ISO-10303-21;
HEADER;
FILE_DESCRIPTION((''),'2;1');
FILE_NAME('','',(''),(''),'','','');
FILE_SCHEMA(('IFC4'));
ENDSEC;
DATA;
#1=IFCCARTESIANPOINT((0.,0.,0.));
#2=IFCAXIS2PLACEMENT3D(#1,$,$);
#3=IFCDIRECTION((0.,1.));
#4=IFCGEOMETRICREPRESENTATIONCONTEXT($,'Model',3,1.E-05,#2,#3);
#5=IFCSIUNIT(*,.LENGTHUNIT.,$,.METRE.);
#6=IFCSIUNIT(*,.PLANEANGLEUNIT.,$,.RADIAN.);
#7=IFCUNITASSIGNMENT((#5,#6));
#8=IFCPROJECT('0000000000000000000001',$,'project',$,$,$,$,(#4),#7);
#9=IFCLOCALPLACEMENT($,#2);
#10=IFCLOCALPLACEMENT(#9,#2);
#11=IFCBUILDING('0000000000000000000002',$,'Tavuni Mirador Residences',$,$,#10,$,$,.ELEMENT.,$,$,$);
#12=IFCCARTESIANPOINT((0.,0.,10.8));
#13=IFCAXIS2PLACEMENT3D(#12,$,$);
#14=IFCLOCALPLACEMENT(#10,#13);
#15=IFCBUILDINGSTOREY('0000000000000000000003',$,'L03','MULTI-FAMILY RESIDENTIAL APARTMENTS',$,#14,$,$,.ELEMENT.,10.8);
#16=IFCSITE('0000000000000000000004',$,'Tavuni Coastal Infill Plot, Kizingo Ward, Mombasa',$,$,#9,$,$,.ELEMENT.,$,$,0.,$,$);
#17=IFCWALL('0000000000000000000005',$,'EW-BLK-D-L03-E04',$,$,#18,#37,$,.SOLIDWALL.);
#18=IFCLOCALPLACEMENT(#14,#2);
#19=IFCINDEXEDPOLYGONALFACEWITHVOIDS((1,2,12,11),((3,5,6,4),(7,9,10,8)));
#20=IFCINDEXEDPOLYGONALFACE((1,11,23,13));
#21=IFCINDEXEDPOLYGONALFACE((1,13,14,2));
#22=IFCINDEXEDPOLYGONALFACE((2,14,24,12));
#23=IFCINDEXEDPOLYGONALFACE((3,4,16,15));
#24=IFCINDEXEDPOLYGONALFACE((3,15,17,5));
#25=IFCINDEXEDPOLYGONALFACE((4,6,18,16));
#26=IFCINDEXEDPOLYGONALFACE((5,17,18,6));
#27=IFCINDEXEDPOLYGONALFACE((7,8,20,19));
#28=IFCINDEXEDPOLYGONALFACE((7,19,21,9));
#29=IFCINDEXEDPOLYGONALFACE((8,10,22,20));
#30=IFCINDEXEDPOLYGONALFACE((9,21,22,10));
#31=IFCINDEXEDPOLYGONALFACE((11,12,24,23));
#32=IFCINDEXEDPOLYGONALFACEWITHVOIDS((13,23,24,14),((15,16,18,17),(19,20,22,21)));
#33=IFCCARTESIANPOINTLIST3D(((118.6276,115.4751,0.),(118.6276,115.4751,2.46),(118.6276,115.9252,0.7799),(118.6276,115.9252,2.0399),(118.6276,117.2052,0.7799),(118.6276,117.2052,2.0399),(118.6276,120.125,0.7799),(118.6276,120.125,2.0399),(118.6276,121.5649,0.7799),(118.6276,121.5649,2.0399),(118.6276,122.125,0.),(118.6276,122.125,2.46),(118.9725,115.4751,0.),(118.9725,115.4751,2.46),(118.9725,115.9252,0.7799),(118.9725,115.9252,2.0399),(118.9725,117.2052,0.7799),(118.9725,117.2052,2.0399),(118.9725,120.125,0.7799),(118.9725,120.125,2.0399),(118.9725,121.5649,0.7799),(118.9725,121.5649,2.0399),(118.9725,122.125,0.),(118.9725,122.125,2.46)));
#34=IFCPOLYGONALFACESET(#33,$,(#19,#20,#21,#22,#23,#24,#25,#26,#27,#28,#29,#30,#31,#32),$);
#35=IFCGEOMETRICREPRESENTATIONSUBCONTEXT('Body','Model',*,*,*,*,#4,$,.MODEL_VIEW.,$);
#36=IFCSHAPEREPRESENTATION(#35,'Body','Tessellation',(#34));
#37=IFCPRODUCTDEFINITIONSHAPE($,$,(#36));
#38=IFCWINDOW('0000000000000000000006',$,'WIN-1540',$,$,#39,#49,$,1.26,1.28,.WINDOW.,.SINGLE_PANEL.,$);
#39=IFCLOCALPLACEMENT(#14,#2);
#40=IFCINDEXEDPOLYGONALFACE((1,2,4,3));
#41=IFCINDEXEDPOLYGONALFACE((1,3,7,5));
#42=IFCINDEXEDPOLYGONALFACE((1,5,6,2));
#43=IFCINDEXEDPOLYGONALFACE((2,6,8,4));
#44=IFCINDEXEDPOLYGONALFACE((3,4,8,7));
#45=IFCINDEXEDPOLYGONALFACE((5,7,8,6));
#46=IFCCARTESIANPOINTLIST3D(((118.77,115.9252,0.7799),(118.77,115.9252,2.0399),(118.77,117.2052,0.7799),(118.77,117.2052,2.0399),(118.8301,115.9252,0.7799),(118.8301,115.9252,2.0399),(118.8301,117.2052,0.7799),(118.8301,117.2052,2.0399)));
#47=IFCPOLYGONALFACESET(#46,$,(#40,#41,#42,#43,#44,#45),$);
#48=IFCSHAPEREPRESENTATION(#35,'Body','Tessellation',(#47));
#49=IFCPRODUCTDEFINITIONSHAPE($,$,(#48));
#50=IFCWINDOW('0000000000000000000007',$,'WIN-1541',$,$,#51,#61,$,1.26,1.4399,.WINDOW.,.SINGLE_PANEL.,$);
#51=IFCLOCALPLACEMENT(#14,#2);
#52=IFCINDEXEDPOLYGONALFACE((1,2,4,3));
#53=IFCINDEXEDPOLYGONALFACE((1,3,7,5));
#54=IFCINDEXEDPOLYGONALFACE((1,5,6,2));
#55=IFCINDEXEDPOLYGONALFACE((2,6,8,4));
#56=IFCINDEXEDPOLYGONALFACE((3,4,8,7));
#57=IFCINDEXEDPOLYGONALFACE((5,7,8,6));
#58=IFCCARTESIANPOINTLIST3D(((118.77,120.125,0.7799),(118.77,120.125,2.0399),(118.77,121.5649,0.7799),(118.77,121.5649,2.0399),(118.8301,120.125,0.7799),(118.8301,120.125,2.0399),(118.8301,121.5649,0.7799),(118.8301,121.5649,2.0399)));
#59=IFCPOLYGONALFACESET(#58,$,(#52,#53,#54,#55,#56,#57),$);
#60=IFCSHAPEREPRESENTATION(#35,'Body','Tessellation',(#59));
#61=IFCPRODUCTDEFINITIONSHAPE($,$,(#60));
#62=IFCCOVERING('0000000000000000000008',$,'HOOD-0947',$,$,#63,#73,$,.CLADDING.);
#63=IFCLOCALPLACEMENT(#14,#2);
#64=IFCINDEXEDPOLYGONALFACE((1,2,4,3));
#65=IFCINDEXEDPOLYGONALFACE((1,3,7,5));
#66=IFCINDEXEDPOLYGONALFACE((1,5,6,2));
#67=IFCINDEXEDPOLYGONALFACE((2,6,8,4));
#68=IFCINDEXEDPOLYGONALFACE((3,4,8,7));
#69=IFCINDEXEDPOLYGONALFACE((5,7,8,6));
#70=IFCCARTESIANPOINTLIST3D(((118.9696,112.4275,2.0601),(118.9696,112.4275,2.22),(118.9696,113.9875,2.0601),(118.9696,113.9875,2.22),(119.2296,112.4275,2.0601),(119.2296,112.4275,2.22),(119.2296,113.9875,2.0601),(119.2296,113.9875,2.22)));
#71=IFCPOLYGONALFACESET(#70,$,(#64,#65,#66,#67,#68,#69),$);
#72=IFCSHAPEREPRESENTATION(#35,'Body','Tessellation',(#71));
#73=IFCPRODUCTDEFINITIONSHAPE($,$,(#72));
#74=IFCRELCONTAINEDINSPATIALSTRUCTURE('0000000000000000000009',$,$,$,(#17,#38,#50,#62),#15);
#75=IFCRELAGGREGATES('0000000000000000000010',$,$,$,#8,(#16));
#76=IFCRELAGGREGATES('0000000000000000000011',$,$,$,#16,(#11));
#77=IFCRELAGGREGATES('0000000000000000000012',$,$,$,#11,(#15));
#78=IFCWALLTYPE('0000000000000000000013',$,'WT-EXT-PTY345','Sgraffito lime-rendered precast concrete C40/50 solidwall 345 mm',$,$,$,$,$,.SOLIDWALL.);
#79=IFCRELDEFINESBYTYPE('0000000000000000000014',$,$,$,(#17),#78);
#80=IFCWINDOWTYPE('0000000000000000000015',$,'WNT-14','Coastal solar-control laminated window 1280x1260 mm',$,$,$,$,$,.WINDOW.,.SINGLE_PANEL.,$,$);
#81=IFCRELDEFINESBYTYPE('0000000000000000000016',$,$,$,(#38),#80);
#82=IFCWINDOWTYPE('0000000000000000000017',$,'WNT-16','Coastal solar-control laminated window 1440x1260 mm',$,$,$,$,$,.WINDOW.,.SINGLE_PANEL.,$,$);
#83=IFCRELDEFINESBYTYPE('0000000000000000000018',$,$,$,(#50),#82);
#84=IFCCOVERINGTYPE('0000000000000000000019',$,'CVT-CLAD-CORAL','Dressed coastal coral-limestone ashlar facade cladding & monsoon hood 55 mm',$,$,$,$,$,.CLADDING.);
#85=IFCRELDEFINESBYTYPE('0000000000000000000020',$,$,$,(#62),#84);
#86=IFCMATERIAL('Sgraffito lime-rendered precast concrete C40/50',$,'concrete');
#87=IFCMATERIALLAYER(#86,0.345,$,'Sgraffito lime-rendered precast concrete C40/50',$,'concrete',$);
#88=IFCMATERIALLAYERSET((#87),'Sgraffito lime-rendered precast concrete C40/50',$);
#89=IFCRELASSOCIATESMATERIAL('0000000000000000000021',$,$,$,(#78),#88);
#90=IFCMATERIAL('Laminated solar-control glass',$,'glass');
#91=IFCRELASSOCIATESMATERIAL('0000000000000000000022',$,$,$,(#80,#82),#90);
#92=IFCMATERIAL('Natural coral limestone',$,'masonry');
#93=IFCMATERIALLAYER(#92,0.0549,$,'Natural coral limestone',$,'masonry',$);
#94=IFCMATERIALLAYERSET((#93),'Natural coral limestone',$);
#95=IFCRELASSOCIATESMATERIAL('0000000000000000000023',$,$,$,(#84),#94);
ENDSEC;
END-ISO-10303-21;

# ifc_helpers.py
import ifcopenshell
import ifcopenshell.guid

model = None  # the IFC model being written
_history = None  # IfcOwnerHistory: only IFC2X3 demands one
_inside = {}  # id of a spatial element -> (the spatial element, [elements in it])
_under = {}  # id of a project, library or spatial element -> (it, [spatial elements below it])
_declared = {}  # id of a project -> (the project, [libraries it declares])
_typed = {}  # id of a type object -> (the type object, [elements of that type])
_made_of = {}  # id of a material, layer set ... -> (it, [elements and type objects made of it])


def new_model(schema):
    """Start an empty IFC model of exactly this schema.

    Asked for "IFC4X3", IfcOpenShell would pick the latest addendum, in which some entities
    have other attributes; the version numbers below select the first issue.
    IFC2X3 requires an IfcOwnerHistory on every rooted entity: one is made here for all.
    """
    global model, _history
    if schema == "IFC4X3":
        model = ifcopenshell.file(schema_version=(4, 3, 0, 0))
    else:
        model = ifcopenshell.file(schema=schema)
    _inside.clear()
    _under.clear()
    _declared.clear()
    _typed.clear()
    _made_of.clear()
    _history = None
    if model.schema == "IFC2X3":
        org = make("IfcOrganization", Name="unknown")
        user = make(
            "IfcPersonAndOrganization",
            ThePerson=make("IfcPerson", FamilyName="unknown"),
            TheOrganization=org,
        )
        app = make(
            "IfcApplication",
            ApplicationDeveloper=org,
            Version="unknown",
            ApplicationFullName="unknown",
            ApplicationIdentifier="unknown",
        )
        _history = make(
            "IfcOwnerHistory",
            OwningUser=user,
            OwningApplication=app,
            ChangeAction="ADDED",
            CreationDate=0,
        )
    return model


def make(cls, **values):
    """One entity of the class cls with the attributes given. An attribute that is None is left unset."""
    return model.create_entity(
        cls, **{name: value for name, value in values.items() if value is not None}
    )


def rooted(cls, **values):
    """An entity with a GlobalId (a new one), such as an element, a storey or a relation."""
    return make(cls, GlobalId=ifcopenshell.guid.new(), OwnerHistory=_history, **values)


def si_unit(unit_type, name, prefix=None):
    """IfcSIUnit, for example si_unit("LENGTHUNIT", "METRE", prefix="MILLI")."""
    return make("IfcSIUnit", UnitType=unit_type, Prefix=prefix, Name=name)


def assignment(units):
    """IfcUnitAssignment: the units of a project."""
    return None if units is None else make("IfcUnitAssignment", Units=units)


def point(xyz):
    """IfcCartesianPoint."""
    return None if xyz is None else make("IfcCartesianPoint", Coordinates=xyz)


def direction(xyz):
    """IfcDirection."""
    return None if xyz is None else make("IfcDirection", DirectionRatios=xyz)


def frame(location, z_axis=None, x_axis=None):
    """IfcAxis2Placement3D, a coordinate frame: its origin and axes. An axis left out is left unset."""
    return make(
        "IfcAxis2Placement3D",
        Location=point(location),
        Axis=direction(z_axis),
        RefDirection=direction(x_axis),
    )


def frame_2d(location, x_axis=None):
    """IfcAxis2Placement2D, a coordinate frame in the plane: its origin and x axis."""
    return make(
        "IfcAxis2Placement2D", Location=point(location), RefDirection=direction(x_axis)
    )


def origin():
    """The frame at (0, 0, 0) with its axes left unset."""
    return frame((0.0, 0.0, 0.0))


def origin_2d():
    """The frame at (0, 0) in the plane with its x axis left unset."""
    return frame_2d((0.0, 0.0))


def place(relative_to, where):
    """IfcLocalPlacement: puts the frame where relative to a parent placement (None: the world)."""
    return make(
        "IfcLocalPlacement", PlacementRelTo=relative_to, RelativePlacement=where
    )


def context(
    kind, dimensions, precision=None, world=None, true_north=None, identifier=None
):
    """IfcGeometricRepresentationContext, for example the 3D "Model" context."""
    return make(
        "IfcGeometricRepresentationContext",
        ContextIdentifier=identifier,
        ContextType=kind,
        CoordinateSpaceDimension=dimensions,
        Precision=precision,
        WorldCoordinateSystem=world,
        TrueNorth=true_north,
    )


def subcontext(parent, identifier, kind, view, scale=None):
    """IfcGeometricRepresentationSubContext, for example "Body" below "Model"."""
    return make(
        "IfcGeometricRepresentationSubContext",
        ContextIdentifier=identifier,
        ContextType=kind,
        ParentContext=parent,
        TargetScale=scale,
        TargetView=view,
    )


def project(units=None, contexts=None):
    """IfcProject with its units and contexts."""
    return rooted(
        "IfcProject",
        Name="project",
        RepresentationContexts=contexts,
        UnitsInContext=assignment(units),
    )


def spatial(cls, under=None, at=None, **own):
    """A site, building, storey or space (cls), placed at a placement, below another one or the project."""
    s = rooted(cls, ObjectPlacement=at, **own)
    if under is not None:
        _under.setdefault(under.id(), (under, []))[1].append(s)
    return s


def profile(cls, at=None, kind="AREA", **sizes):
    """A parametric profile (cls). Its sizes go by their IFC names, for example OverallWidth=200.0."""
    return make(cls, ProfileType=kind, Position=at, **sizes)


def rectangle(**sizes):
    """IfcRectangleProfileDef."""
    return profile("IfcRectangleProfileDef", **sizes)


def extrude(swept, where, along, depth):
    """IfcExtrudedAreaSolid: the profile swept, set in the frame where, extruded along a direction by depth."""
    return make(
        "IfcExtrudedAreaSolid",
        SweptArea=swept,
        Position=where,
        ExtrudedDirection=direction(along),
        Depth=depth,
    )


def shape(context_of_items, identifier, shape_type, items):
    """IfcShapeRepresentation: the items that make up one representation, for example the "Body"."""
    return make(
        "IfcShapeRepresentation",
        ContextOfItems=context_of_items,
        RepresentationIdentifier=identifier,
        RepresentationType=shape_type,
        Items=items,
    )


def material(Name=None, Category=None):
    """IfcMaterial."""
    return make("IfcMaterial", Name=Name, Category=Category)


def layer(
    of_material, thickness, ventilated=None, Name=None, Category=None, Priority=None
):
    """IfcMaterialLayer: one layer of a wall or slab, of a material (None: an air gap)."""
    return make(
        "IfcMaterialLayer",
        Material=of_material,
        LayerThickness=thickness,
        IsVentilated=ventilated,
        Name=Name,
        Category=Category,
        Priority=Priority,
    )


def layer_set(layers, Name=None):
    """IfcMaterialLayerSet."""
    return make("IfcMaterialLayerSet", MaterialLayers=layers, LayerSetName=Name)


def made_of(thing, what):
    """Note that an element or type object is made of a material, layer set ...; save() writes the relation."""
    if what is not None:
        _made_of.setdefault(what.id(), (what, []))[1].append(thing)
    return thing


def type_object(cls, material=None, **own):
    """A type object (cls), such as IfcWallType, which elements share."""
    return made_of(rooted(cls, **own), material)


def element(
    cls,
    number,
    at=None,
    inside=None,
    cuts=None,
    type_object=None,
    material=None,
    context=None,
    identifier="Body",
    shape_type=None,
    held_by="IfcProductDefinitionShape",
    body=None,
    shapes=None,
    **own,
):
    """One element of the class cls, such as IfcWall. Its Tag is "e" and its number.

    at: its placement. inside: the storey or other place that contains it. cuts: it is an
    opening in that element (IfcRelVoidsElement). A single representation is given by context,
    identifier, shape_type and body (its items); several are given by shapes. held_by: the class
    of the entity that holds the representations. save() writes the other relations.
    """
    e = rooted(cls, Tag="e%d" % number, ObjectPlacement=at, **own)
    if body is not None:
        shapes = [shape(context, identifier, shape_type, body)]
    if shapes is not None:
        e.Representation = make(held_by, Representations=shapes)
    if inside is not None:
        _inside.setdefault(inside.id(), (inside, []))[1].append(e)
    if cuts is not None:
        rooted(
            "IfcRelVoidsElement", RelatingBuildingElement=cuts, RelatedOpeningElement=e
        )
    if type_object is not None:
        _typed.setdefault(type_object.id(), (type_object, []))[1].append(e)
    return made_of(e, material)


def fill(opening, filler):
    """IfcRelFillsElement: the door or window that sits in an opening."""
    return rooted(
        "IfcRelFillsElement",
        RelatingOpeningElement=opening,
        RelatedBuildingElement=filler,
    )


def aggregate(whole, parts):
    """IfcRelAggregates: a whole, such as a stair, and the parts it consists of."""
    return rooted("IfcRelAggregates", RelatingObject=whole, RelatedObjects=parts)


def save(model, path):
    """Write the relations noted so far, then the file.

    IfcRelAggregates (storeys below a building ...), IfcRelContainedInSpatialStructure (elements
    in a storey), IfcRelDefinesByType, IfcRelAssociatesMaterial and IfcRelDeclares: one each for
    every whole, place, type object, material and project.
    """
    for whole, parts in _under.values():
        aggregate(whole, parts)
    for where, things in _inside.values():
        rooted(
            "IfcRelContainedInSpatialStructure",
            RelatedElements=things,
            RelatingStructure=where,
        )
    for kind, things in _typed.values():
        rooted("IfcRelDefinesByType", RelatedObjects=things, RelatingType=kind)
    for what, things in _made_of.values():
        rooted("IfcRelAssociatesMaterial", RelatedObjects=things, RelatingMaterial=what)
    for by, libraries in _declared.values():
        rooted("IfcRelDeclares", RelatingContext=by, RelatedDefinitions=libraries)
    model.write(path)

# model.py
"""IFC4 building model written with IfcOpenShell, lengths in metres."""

from ifc_helpers import new_model, si_unit, direction, frame, frame_2d, origin, origin_2d, place, context, subcontext, project, spatial, rectangle, extrude, material, layer, layer_set, type_object, element, fill, save


model = new_model("IFC4")

# Units and contexts
model_context = context("Model", 3, precision=1e-05, world=origin(), true_north=direction((0.0, 1.0)))
body_context = subcontext(model_context, "Body", "Model", "MODEL_VIEW")
ifc_project = project(units=[si_unit("LENGTHUNIT", "METRE"), si_unit("PLANEANGLEUNIT", "RADIAN")], contexts=[model_context])

# Site, building, storey
site_placement = place(None, origin())
site = spatial("IfcSite", under=ifc_project, at=site_placement, Name="Tavuni Coastal Infill Plot, Kizingo Ward, Mombasa", CompositionType="ELEMENT", RefElevation=0.0)
building_placement = place(site_placement, origin())
building = spatial("IfcBuilding", under=site, at=building_placement, Name="Tavuni Mirador Residences", CompositionType="ELEMENT")
storey_placement = place(building_placement, frame((0.0, 0.0, 10.8)))
storey = spatial("IfcBuildingStorey", under=building, at=storey_placement, Name="L03", Description="MULTI-FAMILY RESIDENTIAL APARTMENTS", CompositionType="ELEMENT", Elevation=10.8)

# Shared definitions
ifc_material_1 = material(Name="Laminated solar-control glass", Category="glass")

# Shared definitions
ifc_material_2 = material(Name="Sgraffito lime-rendered precast concrete C40/50", Category="concrete")
ifc_layer_1 = layer(ifc_material_2, 0.345, Name="Sgraffito lime-rendered precast concrete C40/50", Category="concrete")
ifc_layer_set_1 = layer_set([ifc_layer_1], Name="Sgraffito lime-rendered precast concrete C40/50")
wall_type = type_object("IfcWallType", Name="WT-EXT-PTY345", Description="Sgraffito lime-rendered precast concrete C40/50 solidwall 345 mm", PredefinedType="SOLIDWALL", material=ifc_layer_set_1)

# Wall, openings, windows
wall_1_placement = place(storey_placement, frame((118.8, 115.4751, 0.0), z_axis=(0.0, 0.0, 1.0), x_axis=(0.0, 1.0, 0.0)))
wall_1 = element("IfcWall", 1, at=wall_1_placement, inside=storey, type_object=wall_type, Name="EW-BLK-D-L03-E04", PredefinedType="SOLIDWALL", context=body_context, shape_type="SweptSolid", body=[
    extrude(rectangle(XDim=6.6499, YDim=0.345, at=frame_2d((3.325, 0.0))), origin(), (0.0, 0.0, 1.0), 2.46),
])
opening_1_placement = place(wall_1_placement, frame((0.45, 0.0, 0.78)))
opening_1 = element("IfcOpeningElement", 2, at=opening_1_placement, cuts=wall_1, PredefinedType="OPENING", context=body_context, shape_type="SweptSolid", body=[
    extrude(rectangle(XDim=1.28, YDim=1.26, at=frame_2d((0.6401, 0.6299))), frame((0.0, 0.1826, 0.0), z_axis=(0.0, -1.0, 0.0), x_axis=(1.0, 0.0, 0.0)), (0.0, 0.0, 1.0), 0.365),
])
opening_2_placement = place(wall_1_placement, frame((4.6499, 0.0, 0.78)))
opening_2 = element("IfcOpeningElement", 3, at=opening_2_placement, cuts=wall_1, PredefinedType="OPENING", context=body_context, shape_type="SweptSolid", body=[
    extrude(rectangle(XDim=1.4399, YDim=1.26, at=frame_2d((0.72, 0.6299))), frame((0.0, 0.1826, 0.0), z_axis=(0.0, -1.0, 0.0), x_axis=(1.0, 0.0, 0.0)), (0.0, 0.0, 1.0), 0.365),
])
window_type_1 = type_object("IfcWindowType", Name="WNT-14", Description="Coastal solar-control laminated window 1280x1260 mm", PartitioningType="SINGLE_PANEL", PredefinedType="WINDOW", material=ifc_material_1)
window_1_placement = place(opening_1_placement, origin())
window_1 = element("IfcWindow", 4, at=window_1_placement, inside=storey, type_object=window_type_1, Name="WIN-1540", OverallHeight=1.26, OverallWidth=1.28, PartitioningType="SINGLE_PANEL", PredefinedType="WINDOW", context=body_context, shape_type="SweptSolid", body=[
    extrude(rectangle(XDim=1.28, YDim=1.26, at=frame_2d((0.6401, 0.6299))), frame((0.0, 0.03, 0.0), z_axis=(0.0, -1.0, 0.0), x_axis=(1.0, 0.0, 0.0)), (0.0, 0.0, 1.0), 0.0601),
])
fill(opening_1, window_1)
window_type_2 = type_object("IfcWindowType", Name="WNT-16", Description="Coastal solar-control laminated window 1440x1260 mm", PartitioningType="SINGLE_PANEL", PredefinedType="WINDOW", material=ifc_material_1)
window_2_placement = place(opening_2_placement, origin())
window_2 = element("IfcWindow", 5, at=window_2_placement, inside=storey, type_object=window_type_2, Name="WIN-1541", OverallHeight=1.26, OverallWidth=1.4399, PartitioningType="SINGLE_PANEL", PredefinedType="WINDOW", context=body_context, shape_type="SweptSolid", body=[
    extrude(rectangle(XDim=1.4399, YDim=1.26, at=frame_2d((0.72, 0.6299))), frame((0.0, 0.03, 0.0), z_axis=(0.0, -1.0, 0.0), x_axis=(1.0, 0.0, 0.0)), (0.0, 0.0, 1.0), 0.0601),
])
fill(opening_2, window_2)

# Covering
ifc_material_3 = material(Name="Natural coral limestone", Category="masonry")
ifc_layer_2 = layer(ifc_material_3, 0.0549, Name="Natural coral limestone", Category="masonry")
ifc_layer_set_2 = layer_set([ifc_layer_2], Name="Natural coral limestone")
covering_type = type_object("IfcCoveringType", Name="CVT-CLAD-CORAL", Description="Dressed coastal coral-limestone ashlar facade cladding & monsoon hood 55 mm", PredefinedType="CLADDING", material=ifc_layer_set_2)
covering_placement = place(storey_placement, frame((119.0996, 113.2075, 2.0601), z_axis=(0.0, 0.0, 1.0), x_axis=(0.0, 1.0, 0.0)))
element("IfcCovering", 6, at=covering_placement, inside=storey, type_object=covering_type, Name="HOOD-0947", PredefinedType="CLADDING", context=body_context, shape_type="SweptSolid", body=[
    extrude(rectangle(XDim=1.5601, YDim=0.26, at=origin_2d()), origin(), (0.0, 0.0, 1.0), 0.1599),
])

save(model, "model.ifc")
